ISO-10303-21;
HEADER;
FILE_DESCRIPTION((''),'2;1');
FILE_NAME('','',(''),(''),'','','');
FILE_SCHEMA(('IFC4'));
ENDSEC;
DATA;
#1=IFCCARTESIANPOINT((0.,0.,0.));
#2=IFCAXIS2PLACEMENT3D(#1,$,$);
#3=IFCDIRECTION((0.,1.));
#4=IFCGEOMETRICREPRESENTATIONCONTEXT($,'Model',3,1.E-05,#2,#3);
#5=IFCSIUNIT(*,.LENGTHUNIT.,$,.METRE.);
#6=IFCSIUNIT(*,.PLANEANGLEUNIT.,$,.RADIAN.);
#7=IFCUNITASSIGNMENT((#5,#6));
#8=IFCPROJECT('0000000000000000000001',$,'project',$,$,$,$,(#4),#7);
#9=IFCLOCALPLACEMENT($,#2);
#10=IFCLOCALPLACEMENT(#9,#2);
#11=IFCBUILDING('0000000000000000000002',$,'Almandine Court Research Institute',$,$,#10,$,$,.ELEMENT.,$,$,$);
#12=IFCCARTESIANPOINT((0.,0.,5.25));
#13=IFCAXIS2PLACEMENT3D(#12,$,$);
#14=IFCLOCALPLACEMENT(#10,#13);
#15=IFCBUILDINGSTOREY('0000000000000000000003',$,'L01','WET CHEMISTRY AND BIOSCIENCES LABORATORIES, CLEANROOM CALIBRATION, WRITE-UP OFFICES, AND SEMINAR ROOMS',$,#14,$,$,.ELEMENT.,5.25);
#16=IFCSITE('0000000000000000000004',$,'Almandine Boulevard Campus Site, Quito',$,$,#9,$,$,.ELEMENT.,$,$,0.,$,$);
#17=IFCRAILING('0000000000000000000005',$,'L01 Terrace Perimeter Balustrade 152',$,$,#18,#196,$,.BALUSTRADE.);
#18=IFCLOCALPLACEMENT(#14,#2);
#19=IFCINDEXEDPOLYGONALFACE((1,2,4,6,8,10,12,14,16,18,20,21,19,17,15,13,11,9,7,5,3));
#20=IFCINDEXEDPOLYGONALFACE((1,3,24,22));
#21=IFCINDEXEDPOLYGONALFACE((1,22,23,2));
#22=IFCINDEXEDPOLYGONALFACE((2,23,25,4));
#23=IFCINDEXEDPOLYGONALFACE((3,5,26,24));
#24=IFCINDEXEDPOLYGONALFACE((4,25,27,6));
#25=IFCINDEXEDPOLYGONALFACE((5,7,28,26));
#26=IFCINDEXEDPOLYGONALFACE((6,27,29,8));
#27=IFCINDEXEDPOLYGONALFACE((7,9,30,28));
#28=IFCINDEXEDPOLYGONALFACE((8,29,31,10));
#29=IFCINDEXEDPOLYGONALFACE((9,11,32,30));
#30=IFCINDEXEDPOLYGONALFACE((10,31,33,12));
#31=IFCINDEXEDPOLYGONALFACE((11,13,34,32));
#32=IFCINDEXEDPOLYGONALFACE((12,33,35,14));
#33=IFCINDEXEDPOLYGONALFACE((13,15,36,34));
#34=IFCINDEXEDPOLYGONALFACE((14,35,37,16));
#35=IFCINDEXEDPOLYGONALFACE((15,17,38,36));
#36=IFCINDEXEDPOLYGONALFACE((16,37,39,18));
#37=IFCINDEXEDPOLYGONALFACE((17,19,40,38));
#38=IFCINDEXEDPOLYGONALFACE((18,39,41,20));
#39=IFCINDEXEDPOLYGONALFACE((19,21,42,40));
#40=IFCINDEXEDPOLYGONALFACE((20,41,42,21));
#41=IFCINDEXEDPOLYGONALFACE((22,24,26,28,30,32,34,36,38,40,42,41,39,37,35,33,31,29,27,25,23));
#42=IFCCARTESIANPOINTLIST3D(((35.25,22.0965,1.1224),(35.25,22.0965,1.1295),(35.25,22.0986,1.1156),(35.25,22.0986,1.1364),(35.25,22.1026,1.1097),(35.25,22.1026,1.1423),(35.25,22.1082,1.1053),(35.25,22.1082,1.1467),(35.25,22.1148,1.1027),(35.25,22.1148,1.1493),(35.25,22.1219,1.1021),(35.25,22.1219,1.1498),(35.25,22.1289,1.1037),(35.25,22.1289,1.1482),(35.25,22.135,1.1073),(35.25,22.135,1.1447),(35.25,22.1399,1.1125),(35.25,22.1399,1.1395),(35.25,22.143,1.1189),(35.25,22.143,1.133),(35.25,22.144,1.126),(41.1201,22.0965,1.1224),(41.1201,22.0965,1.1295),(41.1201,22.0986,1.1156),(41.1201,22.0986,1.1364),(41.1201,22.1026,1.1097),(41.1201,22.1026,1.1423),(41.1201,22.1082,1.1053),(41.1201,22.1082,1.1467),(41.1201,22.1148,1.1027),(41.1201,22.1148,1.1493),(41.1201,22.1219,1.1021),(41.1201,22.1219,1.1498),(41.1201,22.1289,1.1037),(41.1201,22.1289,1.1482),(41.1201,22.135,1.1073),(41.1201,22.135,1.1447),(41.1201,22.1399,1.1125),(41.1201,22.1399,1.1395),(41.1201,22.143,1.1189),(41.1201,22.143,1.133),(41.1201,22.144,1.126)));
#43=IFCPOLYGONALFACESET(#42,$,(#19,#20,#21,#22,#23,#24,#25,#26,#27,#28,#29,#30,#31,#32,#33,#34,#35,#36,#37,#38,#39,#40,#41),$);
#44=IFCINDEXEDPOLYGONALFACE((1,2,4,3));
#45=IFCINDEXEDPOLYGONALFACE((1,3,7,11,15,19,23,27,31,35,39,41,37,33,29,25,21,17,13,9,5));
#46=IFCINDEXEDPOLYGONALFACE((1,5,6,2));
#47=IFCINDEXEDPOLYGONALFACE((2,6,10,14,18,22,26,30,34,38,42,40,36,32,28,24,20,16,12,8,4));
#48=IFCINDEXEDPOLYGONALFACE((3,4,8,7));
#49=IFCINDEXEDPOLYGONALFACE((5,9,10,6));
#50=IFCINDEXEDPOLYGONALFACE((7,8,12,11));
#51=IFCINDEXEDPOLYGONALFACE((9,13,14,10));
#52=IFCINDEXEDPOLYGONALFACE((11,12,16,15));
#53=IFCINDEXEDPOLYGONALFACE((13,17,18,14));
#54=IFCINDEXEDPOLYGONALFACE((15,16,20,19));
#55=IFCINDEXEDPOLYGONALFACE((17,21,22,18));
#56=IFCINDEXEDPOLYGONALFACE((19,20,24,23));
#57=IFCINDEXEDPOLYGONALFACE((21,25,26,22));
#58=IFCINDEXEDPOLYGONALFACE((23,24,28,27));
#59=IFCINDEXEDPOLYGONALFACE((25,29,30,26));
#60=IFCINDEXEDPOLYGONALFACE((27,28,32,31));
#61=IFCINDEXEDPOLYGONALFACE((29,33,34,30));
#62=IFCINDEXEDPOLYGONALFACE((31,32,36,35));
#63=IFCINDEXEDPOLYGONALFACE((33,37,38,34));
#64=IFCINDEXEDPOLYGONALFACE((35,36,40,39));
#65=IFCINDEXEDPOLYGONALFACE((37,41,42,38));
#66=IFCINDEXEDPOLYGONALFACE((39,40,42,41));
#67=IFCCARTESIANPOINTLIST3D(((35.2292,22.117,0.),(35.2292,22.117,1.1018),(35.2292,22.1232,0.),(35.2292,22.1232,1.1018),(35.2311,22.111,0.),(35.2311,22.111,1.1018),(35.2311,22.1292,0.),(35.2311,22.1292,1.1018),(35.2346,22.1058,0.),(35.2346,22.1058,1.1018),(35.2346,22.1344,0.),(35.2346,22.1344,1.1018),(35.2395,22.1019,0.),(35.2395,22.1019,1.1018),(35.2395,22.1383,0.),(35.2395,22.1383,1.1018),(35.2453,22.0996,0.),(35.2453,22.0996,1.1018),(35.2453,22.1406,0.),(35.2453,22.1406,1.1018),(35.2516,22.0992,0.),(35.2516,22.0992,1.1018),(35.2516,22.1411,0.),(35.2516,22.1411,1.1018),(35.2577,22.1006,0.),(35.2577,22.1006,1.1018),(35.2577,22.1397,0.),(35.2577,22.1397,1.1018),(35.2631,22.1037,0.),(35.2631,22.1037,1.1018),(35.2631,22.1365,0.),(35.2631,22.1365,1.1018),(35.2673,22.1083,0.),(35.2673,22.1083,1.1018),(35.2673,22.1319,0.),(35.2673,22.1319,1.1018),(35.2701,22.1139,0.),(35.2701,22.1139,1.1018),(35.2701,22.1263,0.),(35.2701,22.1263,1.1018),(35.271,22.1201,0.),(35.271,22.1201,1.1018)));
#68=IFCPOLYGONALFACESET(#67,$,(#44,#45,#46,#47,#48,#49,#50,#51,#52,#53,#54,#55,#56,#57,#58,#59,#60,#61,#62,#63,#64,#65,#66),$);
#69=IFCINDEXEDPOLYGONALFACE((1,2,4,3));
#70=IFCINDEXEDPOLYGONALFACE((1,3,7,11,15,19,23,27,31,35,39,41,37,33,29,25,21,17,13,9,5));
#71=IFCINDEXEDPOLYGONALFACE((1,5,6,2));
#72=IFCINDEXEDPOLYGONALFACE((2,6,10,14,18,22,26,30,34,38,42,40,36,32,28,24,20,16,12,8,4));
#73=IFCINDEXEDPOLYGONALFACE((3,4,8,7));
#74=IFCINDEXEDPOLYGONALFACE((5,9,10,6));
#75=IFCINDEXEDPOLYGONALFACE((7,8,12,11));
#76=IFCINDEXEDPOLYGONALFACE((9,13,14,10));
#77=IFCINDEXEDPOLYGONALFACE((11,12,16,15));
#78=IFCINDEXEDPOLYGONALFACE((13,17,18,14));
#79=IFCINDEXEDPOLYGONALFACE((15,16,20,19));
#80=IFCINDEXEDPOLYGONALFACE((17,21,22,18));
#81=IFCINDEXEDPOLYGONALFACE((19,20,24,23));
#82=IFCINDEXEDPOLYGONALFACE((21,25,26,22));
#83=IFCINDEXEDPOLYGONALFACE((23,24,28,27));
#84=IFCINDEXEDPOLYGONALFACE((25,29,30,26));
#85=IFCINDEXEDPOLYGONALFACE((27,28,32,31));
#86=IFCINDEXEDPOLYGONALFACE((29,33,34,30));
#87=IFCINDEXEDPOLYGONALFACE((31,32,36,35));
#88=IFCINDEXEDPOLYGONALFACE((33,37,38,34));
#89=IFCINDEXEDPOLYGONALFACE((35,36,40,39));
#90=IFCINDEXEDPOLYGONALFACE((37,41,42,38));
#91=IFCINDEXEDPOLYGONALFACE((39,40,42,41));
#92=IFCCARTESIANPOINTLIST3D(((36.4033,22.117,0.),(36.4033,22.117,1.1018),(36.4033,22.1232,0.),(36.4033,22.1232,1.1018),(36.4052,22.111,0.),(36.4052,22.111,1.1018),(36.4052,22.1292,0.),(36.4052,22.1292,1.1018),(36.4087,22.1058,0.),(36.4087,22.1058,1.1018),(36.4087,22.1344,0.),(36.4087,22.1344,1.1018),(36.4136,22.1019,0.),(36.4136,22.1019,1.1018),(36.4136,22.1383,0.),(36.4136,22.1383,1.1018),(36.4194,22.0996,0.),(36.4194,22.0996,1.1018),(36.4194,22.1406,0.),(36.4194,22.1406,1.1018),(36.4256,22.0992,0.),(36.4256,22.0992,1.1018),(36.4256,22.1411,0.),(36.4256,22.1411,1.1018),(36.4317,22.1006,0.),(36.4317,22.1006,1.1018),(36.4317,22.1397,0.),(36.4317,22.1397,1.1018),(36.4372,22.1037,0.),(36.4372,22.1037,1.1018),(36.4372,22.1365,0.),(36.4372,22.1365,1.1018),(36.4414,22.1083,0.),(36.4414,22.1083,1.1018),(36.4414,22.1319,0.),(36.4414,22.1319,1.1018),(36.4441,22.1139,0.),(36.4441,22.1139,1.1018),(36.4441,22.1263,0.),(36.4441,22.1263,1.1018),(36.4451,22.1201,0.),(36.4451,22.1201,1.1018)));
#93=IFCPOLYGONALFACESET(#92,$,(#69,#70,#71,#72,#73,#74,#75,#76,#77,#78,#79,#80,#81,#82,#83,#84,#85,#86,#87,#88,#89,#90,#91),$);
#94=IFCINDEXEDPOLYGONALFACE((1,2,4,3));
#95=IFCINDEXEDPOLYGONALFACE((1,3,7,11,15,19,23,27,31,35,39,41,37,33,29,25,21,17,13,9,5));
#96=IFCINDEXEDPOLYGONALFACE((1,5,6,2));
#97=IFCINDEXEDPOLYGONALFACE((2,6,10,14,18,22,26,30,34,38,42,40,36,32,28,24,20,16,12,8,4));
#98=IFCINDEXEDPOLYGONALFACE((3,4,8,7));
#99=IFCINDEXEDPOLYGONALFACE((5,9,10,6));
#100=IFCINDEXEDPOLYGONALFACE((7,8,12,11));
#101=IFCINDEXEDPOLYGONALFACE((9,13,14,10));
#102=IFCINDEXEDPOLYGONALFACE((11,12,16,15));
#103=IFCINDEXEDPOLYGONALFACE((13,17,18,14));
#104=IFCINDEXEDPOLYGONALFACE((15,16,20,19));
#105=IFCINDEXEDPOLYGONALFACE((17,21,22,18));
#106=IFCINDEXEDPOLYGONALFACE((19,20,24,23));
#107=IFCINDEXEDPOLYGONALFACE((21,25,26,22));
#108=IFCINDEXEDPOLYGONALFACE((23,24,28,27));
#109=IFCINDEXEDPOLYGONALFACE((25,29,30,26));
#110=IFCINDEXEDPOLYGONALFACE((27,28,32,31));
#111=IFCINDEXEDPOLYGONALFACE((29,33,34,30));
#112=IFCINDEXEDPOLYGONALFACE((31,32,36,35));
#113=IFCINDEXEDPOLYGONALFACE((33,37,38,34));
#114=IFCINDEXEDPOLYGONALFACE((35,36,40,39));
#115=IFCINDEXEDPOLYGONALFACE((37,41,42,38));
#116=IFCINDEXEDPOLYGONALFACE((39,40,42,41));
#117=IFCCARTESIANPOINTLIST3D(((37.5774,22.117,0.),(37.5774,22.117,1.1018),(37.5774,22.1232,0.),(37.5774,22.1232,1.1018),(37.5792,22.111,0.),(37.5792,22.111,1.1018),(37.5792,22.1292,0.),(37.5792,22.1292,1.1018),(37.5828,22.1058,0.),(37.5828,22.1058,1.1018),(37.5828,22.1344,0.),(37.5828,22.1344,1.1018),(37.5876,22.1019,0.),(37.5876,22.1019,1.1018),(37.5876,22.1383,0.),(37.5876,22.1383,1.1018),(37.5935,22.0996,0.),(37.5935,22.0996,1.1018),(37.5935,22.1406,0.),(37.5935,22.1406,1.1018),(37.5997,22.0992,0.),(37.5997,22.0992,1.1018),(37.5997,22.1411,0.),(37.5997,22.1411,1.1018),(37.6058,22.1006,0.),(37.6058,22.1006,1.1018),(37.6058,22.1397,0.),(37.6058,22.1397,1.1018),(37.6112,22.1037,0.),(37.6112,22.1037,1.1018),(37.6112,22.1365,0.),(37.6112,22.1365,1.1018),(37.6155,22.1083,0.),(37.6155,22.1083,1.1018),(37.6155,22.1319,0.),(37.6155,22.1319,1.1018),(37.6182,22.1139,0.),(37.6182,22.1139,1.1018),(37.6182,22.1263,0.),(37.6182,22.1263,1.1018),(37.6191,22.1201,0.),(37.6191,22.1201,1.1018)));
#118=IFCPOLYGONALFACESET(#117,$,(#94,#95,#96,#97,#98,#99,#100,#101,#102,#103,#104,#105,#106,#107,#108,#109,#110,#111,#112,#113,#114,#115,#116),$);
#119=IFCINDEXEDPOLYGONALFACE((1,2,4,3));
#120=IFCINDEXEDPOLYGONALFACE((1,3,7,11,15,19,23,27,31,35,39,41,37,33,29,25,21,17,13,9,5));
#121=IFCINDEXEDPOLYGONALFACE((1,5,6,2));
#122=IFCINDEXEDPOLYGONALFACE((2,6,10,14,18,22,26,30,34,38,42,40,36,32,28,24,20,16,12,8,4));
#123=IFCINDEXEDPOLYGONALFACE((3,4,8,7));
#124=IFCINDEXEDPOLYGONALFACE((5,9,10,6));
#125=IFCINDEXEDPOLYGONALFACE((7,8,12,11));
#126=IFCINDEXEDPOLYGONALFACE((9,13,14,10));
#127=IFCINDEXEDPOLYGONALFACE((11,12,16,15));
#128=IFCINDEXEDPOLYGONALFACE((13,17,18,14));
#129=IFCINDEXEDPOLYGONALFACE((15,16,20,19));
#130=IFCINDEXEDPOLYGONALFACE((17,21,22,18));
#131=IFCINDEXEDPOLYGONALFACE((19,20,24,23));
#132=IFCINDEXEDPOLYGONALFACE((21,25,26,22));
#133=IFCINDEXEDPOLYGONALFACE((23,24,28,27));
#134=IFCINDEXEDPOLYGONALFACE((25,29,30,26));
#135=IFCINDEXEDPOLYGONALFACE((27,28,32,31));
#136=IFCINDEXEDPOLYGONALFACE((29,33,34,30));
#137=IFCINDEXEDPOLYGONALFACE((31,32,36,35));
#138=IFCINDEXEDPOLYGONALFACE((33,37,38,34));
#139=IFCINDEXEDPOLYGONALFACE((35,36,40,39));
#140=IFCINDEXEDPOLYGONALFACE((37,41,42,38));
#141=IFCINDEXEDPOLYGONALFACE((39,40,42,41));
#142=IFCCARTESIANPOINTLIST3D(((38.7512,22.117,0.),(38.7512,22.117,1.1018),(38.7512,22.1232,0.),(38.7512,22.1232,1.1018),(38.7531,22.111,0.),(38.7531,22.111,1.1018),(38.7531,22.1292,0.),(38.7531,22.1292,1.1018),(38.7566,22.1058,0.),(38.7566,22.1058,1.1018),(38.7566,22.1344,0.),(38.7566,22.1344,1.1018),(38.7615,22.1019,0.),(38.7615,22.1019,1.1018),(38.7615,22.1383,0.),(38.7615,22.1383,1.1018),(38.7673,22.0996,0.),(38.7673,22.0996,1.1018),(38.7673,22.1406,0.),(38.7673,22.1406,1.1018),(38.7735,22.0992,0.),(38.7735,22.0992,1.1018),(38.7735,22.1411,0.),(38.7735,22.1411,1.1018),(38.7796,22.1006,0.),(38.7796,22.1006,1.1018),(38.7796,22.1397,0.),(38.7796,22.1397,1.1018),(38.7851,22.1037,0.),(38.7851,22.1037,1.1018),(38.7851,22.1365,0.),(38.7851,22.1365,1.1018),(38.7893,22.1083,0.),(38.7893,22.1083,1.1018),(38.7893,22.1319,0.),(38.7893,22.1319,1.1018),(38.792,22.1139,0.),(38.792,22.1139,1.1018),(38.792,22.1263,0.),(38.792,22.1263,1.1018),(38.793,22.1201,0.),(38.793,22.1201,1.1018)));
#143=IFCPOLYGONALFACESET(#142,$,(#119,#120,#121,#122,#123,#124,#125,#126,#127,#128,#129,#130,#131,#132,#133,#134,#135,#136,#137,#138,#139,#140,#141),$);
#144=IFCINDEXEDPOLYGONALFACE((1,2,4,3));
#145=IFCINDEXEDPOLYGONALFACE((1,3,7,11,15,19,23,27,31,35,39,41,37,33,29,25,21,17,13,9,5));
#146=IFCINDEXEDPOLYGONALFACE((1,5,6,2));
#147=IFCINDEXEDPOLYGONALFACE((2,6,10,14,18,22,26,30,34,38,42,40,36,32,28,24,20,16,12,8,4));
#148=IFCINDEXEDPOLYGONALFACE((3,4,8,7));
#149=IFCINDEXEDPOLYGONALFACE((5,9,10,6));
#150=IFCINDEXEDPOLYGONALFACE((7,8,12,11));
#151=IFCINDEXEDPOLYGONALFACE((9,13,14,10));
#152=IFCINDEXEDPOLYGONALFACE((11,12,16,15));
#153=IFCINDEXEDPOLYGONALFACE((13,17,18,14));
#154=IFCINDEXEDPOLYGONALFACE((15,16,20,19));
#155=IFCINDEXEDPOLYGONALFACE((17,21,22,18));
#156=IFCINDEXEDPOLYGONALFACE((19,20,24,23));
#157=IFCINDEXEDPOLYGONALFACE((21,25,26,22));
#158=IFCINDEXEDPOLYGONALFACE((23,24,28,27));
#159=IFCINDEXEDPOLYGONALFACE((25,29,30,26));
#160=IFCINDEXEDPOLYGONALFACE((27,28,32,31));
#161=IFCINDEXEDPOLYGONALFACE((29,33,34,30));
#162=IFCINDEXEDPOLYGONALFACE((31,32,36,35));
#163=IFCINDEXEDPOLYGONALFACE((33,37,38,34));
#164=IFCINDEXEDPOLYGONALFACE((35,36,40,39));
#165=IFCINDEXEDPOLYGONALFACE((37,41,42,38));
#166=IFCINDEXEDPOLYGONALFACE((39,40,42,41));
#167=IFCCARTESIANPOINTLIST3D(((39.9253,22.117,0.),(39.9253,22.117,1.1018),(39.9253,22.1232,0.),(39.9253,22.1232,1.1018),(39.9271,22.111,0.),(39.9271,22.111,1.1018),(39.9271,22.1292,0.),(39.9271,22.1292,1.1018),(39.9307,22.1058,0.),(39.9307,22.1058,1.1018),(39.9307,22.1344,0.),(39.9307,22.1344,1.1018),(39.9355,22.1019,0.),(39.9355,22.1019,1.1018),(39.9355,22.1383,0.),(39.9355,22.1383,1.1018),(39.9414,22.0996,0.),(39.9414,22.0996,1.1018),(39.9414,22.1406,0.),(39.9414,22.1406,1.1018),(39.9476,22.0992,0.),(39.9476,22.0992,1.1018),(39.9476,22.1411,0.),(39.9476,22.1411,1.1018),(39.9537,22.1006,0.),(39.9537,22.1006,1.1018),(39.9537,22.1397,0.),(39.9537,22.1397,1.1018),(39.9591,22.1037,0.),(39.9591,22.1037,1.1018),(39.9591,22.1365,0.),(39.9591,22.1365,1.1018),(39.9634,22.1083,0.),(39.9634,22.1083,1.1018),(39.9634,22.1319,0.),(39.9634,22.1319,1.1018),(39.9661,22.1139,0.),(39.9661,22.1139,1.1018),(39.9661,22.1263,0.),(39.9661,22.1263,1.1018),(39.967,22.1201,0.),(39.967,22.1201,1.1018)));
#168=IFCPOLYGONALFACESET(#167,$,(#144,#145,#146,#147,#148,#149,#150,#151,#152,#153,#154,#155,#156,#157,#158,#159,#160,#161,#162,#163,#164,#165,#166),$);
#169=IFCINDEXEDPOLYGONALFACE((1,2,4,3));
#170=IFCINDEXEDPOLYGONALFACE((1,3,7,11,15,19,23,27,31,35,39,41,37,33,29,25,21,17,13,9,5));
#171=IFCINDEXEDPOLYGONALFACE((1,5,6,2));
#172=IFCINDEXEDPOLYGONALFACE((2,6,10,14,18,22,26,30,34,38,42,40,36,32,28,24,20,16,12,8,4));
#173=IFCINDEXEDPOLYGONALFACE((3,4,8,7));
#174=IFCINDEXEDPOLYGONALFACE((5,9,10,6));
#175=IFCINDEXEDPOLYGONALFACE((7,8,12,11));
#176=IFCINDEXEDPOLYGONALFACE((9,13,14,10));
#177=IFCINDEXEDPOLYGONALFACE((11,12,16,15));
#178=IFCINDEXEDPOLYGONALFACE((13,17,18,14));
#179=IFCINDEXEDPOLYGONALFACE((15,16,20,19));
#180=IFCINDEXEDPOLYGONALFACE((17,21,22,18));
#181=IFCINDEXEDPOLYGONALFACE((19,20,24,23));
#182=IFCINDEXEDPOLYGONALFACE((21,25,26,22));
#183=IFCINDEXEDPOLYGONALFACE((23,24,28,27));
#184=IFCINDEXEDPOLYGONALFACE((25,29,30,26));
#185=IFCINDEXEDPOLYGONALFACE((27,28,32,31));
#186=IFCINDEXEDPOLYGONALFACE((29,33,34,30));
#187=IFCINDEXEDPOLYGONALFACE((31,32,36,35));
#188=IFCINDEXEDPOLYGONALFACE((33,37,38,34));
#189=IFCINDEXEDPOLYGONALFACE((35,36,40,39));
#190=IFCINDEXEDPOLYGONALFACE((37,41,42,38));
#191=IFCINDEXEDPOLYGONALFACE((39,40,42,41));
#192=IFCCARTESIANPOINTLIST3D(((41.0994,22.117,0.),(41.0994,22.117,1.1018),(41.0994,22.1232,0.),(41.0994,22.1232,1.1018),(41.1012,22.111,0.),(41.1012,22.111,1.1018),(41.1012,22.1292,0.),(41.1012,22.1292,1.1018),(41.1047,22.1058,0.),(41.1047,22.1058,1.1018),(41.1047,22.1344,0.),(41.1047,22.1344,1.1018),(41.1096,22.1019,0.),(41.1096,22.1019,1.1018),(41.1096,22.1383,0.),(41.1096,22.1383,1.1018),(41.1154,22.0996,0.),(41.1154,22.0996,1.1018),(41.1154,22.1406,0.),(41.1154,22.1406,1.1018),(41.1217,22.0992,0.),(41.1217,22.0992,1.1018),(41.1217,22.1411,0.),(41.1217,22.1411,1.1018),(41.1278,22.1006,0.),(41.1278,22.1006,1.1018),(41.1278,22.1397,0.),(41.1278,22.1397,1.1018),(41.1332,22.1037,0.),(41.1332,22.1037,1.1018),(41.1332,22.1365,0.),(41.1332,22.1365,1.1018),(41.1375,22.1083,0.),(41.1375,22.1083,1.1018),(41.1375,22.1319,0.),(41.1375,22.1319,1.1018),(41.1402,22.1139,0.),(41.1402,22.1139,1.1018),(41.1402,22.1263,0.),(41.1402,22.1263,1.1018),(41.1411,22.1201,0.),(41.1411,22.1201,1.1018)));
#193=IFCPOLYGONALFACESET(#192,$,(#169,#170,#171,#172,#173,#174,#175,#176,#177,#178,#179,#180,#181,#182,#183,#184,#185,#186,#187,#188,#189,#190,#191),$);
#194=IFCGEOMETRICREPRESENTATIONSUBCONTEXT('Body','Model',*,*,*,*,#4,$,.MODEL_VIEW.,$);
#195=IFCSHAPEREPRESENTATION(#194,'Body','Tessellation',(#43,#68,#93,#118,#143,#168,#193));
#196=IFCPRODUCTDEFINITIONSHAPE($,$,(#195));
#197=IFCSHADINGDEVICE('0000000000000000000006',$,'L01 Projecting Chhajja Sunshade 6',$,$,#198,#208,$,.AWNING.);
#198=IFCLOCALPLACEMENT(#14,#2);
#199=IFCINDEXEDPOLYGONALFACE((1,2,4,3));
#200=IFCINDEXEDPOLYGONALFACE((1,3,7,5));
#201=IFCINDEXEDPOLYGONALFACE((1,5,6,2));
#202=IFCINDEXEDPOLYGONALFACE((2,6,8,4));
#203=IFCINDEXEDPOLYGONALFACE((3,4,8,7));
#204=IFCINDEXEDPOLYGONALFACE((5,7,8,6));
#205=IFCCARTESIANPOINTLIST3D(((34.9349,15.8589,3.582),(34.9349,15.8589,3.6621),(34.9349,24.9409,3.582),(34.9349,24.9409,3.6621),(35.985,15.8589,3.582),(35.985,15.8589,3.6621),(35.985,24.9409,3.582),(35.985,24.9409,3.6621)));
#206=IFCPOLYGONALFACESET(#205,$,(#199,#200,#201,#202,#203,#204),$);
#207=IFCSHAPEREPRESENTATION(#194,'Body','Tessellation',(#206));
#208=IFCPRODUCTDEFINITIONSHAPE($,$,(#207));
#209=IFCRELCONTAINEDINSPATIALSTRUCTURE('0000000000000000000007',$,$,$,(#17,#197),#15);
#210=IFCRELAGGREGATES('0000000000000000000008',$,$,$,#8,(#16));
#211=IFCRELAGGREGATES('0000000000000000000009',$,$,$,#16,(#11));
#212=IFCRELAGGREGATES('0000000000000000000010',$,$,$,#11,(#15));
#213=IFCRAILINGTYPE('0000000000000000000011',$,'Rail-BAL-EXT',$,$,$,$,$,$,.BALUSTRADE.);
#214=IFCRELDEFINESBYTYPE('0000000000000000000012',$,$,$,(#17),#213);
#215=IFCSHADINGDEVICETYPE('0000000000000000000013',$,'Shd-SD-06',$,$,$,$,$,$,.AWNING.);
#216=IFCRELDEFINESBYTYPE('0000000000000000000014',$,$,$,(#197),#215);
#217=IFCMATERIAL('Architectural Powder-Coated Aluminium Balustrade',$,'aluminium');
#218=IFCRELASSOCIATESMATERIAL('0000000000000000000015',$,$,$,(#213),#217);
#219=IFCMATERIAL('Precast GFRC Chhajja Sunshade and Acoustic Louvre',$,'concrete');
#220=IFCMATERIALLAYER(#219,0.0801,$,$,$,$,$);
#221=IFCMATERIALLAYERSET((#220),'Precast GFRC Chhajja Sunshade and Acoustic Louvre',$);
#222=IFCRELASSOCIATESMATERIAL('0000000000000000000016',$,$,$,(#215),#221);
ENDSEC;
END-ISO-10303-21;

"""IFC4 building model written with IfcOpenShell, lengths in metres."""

from ifc_helpers import new_model, si_unit, direction, frame, origin, origin_2d, place, context, subcontext, project, spatial, rectangle, circle, extrude, material, layer, layer_set, type_object, element, save


model = new_model("IFC4")

# Units and contexts
model_context = context("Model", 3, precision=1e-05, world=origin(), true_north=direction((0.0, 1.0)))
body_context = subcontext(model_context, "Body", "Model", "MODEL_VIEW")
ifc_project = project(units=[si_unit("LENGTHUNIT", "METRE"), si_unit("PLANEANGLEUNIT", "RADIAN")], contexts=[model_context])

# Site, building, storey
site_placement = place(None, origin())
site = spatial("IfcSite", under=ifc_project, at=site_placement, Name="Almandine Boulevard Campus Site, Quito", CompositionType="ELEMENT", RefElevation=0.0)
building_placement = place(site_placement, origin())
building = spatial("IfcBuilding", under=site, at=building_placement, Name="Almandine Court Research Institute", CompositionType="ELEMENT")
storey_placement = place(building_placement, frame((0.0, 0.0, 5.25)))
storey = spatial("IfcBuildingStorey", under=building, at=storey_placement, Name="L01", Description="WET CHEMISTRY AND BIOSCIENCES LABORATORIES, CLEANROOM CALIBRATION, WRITE-UP OFFICES, AND SEMINAR ROOMS", CompositionType="ELEMENT", Elevation=5.25)

# Railing
ifc_material_1 = material(Name="Architectural Powder-Coated Aluminium Balustrade", Category="aluminium")
railing_type = type_object("IfcRailingType", Name="Rail-BAL-EXT", PredefinedType="BALUSTRADE", material=ifc_material_1)
railing_placement = place(storey_placement, frame((35.25, 22.1201, 0.0)))
element("IfcRailing", 1, at=railing_placement, inside=storey, type_object=railing_type, Name="L01 Terrace Perimeter Balustrade 152", PredefinedType="BALUSTRADE", context=body_context, shape_type="SweptSolid", body=[
    extrude(circle(Radius=0.0239, at=origin_2d()), frame((0.0, 0.0, 1.126), z_axis=(1.0, 0.0, 0.0), x_axis=(0.0, 1.0, 0.0)), (0.0, 0.0, 1.0), 5.8701),
    extrude(circle(Radius=0.021, at=origin_2d()), origin(), (0.0, 0.0, 1.0), 1.1018),
    extrude(circle(Radius=0.021, at=origin_2d()), frame((1.1741, 0.0, 0.0)), (0.0, 0.0, 1.0), 1.1018),
    extrude(circle(Radius=0.021, at=origin_2d()), frame((2.3481, 0.0, 0.0)), (0.0, 0.0, 1.0), 1.1018),
    extrude(circle(Radius=0.021, at=origin_2d()), frame((3.522, 0.0, 0.0)), (0.0, 0.0, 1.0), 1.1018),
    extrude(circle(Radius=0.021, at=origin_2d()), frame((4.696, 0.0, 0.0)), (0.0, 0.0, 1.0), 1.1018),
    extrude(circle(Radius=0.021, at=origin_2d()), frame((5.8701, 0.0, 0.0)), (0.0, 0.0, 1.0), 1.1018),
])

# Shading device
ifc_material_2 = material(Name="Precast GFRC Chhajja Sunshade and Acoustic Louvre", Category="concrete")
ifc_layer_1 = layer(ifc_material_2, 0.0801)
ifc_layer_set_1 = layer_set([ifc_layer_1], Name="Precast GFRC Chhajja Sunshade and Acoustic Louvre")
shading_device_type = type_object("IfcShadingDeviceType", Name="Shd-SD-06", PredefinedType="AWNING", material=ifc_layer_set_1)
shading_device_placement = place(storey_placement, frame((35.46, 20.3999, 3.582), z_axis=(0.0, 0.0, 1.0), x_axis=(0.0, -1.0, 0.0)))
element("IfcShadingDevice", 2, at=shading_device_placement, inside=storey, type_object=shading_device_type, Name="L01 Projecting Chhajja Sunshade 6", PredefinedType="AWNING", context=body_context, shape_type="SweptSolid", body=[
    extrude(rectangle(XDim=9.082, YDim=1.05, at=origin_2d()), origin(), (0.0, 0.0, 1.0), 0.0801),
])

save(model, "model.ifc")
